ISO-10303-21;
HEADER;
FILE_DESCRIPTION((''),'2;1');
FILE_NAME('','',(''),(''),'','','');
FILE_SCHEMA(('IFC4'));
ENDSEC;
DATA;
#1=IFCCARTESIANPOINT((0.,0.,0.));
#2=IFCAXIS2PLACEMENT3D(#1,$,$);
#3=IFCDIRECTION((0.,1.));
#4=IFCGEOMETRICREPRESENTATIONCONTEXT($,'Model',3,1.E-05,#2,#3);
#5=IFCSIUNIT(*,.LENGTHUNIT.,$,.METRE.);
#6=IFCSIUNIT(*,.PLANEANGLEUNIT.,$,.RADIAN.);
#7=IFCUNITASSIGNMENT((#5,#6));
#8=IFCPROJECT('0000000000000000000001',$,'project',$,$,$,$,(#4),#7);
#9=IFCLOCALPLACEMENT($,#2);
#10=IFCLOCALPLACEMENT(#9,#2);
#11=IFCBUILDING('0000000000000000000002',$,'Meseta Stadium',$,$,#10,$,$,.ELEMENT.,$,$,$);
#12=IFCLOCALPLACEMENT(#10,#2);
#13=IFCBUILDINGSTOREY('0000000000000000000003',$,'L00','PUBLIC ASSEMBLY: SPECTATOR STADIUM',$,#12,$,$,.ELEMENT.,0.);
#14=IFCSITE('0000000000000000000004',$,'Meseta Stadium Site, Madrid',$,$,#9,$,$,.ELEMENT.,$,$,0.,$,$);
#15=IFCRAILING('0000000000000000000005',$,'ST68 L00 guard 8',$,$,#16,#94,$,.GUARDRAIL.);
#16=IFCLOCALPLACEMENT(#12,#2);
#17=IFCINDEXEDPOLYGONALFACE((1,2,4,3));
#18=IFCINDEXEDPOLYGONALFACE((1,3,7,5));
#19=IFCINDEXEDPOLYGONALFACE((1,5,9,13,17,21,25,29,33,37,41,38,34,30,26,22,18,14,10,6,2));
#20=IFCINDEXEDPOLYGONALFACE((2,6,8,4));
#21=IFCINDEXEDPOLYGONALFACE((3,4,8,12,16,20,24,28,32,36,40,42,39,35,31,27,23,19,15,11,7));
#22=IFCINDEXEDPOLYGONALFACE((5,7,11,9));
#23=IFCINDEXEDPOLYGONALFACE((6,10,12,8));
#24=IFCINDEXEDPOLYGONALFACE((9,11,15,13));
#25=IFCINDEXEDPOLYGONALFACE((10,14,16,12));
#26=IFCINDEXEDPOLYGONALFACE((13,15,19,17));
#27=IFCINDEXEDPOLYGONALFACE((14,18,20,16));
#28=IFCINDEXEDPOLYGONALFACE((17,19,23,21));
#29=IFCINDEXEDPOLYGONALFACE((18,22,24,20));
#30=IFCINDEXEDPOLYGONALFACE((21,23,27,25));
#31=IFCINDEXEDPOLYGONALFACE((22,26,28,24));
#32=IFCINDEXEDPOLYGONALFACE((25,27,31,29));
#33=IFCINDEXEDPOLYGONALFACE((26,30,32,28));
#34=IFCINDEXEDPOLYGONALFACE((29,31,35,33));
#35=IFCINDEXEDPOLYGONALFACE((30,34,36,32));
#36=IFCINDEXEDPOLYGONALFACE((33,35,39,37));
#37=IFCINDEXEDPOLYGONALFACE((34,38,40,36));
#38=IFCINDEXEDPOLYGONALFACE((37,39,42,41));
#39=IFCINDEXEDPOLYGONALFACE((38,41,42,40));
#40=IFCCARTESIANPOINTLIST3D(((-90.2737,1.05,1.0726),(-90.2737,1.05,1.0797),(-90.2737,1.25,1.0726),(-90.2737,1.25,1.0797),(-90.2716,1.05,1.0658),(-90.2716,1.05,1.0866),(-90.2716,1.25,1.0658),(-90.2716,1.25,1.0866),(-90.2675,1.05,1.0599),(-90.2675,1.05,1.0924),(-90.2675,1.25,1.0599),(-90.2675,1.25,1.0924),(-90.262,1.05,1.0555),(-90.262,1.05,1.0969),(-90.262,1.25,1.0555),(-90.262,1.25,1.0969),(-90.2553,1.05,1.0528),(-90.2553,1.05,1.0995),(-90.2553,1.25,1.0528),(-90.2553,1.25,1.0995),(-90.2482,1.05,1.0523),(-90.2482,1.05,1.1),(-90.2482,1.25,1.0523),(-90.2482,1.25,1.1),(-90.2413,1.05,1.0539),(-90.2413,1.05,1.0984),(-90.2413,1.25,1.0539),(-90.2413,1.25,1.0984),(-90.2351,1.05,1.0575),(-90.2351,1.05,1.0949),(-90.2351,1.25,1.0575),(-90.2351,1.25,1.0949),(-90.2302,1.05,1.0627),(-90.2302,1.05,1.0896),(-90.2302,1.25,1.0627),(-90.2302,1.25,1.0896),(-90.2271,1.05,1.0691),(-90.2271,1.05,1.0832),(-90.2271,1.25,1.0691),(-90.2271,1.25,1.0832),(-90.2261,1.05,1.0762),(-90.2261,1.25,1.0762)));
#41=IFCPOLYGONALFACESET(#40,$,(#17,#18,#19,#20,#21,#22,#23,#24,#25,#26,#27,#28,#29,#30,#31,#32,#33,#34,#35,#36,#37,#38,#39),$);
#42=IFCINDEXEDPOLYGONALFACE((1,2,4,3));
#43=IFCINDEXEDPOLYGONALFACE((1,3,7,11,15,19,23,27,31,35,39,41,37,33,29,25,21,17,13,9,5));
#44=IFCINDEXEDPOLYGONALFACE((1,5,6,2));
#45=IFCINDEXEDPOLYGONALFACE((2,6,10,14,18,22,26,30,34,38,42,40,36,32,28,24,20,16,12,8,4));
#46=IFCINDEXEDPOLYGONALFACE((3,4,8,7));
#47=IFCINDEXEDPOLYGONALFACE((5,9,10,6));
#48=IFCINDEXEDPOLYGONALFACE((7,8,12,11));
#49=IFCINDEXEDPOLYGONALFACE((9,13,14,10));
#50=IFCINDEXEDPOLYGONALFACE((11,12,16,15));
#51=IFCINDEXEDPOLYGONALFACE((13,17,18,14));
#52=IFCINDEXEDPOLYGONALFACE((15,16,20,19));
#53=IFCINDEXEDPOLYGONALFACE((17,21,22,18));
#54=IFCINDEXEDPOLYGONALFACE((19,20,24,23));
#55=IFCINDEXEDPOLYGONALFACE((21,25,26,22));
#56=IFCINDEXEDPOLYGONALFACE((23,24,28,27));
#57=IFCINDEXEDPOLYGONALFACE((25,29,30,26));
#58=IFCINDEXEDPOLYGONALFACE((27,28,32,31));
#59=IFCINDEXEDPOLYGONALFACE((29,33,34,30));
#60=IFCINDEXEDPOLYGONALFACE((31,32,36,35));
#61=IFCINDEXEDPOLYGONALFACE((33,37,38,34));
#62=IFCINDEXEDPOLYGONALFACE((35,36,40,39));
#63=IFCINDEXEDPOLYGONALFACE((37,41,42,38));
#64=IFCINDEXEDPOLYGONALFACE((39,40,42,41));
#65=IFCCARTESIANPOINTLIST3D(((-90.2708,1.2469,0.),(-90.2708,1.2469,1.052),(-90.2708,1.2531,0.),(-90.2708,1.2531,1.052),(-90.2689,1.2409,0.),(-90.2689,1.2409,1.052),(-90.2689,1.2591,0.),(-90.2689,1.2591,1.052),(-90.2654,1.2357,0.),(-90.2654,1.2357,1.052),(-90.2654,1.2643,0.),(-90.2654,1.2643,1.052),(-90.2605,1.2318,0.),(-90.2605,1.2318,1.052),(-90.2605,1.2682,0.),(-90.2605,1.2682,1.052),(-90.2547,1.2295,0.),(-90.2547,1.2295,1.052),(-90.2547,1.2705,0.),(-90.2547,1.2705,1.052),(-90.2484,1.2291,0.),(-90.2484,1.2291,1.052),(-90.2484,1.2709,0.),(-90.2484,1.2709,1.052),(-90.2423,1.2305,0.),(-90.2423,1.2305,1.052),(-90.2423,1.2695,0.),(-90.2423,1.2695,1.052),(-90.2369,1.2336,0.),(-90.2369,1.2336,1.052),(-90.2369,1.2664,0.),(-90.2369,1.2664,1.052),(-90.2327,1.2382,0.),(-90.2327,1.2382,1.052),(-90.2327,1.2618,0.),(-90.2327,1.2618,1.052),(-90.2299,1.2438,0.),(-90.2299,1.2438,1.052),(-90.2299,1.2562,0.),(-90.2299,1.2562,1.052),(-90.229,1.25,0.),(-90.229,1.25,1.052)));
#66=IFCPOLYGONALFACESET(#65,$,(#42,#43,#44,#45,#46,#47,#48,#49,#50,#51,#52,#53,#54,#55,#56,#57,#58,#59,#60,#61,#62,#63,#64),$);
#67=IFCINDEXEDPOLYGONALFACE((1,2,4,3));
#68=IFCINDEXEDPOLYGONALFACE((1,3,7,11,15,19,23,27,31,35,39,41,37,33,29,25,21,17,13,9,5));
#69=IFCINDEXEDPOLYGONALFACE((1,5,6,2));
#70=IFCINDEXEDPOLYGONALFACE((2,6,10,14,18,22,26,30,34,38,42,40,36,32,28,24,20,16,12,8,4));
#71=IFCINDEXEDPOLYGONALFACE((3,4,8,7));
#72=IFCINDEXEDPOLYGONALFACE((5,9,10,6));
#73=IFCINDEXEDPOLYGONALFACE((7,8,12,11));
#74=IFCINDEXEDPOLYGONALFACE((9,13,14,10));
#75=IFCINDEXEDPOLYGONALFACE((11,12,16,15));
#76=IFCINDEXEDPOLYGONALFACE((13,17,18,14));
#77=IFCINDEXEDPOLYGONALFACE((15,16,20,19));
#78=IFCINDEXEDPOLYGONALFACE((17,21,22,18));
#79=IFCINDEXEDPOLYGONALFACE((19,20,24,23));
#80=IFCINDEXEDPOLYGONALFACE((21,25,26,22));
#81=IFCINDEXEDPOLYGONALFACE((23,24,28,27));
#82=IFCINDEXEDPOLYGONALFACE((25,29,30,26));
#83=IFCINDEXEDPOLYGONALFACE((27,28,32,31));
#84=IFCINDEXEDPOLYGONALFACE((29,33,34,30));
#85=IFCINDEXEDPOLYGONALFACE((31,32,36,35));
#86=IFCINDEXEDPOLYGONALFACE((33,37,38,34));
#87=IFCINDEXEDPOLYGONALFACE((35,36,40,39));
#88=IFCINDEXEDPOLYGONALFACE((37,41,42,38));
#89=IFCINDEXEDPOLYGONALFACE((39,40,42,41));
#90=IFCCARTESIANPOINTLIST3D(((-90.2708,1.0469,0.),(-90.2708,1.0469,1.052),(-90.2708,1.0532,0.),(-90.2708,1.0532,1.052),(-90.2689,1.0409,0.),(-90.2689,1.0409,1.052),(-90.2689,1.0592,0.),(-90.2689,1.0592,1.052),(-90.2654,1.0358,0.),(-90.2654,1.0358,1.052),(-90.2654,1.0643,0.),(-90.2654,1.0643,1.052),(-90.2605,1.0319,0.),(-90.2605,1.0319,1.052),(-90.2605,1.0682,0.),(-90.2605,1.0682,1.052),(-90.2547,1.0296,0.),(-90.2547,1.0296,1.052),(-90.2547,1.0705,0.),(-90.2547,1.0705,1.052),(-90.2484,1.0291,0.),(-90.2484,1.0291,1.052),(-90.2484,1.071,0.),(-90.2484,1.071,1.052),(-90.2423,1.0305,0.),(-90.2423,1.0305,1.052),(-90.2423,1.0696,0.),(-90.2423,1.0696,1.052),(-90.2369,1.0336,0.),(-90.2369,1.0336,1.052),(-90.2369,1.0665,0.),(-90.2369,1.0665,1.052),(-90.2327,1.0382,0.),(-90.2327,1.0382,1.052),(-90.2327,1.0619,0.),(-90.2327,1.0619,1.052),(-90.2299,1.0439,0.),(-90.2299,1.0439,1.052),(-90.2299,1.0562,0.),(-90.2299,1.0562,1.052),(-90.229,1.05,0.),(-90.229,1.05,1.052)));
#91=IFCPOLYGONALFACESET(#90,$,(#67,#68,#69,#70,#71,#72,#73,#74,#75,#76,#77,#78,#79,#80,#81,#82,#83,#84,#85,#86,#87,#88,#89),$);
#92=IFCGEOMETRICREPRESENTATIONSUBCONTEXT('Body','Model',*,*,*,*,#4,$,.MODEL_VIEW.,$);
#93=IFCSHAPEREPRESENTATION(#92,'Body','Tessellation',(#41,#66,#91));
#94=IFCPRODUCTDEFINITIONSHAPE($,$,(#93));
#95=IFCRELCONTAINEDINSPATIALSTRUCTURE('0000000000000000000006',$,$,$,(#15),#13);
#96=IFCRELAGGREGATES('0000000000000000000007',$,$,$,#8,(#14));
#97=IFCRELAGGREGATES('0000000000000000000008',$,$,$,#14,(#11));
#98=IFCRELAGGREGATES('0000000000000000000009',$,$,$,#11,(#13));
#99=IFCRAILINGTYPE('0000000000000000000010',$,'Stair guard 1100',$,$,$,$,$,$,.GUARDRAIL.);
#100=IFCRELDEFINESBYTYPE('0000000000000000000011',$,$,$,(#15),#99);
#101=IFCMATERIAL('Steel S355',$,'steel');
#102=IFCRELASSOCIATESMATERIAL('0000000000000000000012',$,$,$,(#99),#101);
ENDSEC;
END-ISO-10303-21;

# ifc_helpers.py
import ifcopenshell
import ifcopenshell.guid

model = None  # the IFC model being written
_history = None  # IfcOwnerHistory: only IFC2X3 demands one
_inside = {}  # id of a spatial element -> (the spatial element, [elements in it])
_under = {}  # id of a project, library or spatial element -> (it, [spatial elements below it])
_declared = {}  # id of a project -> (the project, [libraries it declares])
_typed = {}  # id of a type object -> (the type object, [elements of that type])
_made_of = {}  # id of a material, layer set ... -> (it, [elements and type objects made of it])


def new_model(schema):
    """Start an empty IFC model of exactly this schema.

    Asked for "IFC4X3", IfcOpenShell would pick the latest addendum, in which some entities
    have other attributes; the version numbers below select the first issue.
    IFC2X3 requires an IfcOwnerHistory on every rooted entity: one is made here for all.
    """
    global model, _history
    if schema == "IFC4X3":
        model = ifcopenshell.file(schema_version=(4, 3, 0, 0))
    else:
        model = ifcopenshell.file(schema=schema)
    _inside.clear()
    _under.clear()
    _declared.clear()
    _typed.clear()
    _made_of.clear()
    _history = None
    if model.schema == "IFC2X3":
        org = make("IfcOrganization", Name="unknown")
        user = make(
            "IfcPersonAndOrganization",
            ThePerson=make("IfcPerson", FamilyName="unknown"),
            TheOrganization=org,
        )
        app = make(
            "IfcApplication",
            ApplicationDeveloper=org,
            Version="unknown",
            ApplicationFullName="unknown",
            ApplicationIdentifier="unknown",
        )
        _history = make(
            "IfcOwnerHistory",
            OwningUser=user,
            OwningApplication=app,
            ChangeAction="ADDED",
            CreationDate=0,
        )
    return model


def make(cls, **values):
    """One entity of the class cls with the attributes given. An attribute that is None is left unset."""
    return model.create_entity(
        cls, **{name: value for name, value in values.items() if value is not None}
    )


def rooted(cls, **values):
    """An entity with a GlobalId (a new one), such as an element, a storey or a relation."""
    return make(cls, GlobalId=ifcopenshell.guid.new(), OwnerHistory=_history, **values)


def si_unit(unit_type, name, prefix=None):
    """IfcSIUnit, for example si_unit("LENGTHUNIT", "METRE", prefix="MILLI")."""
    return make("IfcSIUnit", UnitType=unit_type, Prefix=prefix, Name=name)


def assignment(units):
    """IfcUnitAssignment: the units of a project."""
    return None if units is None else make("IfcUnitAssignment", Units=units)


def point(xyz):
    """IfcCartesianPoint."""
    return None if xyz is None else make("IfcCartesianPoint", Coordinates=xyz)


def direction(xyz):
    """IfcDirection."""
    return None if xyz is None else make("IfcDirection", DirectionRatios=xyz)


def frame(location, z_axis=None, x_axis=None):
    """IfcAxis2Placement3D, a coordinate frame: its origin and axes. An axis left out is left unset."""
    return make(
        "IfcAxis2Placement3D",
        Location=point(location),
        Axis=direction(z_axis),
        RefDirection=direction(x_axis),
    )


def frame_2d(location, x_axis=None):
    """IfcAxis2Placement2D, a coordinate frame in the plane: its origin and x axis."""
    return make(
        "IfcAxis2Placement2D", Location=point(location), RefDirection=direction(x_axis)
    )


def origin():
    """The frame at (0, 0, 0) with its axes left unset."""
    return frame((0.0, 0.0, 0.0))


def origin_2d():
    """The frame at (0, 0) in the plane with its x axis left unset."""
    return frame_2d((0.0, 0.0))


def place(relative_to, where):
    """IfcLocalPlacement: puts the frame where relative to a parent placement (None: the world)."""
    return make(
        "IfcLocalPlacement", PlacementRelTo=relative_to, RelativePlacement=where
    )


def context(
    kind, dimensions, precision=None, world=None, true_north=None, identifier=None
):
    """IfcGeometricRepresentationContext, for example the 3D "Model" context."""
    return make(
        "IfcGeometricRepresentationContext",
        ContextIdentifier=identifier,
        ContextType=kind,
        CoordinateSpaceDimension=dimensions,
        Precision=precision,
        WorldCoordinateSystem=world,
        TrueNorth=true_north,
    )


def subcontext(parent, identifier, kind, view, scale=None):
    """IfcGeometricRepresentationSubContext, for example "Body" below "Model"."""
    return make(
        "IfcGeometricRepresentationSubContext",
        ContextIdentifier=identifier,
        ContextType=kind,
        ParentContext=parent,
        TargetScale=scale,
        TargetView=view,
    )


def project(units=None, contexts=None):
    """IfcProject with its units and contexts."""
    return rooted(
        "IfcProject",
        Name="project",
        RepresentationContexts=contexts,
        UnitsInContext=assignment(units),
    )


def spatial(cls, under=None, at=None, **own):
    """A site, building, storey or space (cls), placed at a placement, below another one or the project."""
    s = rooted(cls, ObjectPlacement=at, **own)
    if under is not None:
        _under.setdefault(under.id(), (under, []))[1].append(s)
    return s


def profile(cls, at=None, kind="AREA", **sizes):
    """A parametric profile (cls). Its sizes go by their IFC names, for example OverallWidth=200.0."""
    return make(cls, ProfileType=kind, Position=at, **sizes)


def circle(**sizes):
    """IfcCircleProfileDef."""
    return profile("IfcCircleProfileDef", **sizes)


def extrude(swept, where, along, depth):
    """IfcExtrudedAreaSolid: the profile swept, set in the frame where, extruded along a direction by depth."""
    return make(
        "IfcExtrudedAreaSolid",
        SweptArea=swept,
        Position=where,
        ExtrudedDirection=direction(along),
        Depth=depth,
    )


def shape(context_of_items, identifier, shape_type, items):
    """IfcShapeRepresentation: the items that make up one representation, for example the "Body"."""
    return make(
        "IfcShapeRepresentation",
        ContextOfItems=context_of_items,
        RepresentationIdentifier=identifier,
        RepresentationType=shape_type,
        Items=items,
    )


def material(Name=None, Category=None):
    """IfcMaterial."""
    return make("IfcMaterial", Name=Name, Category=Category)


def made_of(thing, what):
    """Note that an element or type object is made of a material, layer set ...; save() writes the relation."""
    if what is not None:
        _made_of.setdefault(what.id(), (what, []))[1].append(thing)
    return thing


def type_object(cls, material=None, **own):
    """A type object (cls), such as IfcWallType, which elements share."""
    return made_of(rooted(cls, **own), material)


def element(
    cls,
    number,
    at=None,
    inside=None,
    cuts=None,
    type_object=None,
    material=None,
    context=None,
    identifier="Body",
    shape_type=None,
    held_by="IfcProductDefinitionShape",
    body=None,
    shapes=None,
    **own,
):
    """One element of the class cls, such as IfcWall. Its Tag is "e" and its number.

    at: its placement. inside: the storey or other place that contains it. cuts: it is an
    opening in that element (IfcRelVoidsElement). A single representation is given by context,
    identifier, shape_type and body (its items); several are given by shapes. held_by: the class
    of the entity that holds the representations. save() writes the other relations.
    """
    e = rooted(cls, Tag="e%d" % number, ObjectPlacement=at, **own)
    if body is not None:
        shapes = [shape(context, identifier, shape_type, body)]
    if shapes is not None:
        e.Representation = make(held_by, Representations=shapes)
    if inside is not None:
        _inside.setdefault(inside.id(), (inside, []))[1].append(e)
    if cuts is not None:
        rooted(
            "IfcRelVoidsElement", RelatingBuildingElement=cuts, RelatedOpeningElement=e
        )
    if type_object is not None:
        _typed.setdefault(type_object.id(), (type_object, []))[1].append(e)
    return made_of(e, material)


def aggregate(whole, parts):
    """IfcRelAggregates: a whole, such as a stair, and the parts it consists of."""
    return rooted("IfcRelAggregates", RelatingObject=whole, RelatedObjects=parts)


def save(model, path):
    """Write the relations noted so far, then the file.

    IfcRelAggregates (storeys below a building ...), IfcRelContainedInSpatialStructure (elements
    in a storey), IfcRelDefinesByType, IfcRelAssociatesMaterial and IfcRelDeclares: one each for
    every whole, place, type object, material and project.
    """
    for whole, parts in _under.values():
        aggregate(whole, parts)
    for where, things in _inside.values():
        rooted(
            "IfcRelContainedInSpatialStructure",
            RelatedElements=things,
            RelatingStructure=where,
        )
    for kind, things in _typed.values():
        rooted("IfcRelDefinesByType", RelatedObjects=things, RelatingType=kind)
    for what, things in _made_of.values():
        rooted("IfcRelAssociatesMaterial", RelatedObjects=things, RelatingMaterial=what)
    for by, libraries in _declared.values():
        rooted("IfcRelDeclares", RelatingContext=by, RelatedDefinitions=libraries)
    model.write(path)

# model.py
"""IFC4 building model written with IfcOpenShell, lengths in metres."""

from ifc_helpers import new_model, si_unit, direction, frame, origin, origin_2d, place, context, subcontext, project, spatial, circle, extrude, material, type_object, element, save


model = new_model("IFC4")

# Units and contexts
model_context = context("Model", 3, precision=1e-05, world=origin(), true_north=direction((0.0, 1.0)))
body_context = subcontext(model_context, "Body", "Model", "MODEL_VIEW")
ifc_project = project(units=[si_unit("LENGTHUNIT", "METRE"), si_unit("PLANEANGLEUNIT", "RADIAN")], contexts=[model_context])

# Site, building, storey
site_placement = place(None, origin())
site = spatial("IfcSite", under=ifc_project, at=site_placement, Name="Meseta Stadium Site, Madrid", CompositionType="ELEMENT", RefElevation=0.0)
building_placement = place(site_placement, origin())
building = spatial("IfcBuilding", under=site, at=building_placement, Name="Meseta Stadium", CompositionType="ELEMENT")
storey_placement = place(building_placement, origin())
storey = spatial("IfcBuildingStorey", under=building, at=storey_placement, Name="L00", Description="PUBLIC ASSEMBLY: SPECTATOR STADIUM", CompositionType="ELEMENT", Elevation=0.0)

# Railing
ifc_material_1 = material(Name="Steel S355", Category="steel")
railing_type_1 = type_object("IfcRailingType", Name="Stair guard 1100", PredefinedType="GUARDRAIL", material=ifc_material_1)
for number, where, name in (
    (1, (-90.25, 1.25, 0.0), "ST68 L00 guard 8"),
):
    element("IfcRailing", number, at=place(storey_placement, frame(where)), inside=storey, type_object=railing_type_1, Name=name, PredefinedType="GUARDRAIL", context=body_context, shape_type="SweptSolid", body=[
        extrude(circle(Radius=0.0239, at=origin_2d()), frame((0.0, 0.0, 1.0762), z_axis=(0.0, -1.0, 0.0), x_axis=(1.0, 0.0, 0.0)), (0.0, 0.0, 1.0), 0.2),
        extrude(circle(Radius=0.021, at=origin_2d()), origin(), (0.0, 0.0, 1.0), 1.052),
        extrude(circle(Radius=0.021, at=origin_2d()), frame((0.0, -0.2, 0.0)), (0.0, 0.0, 1.0), 1.052),
    ])

save(model, "model.ifc")
